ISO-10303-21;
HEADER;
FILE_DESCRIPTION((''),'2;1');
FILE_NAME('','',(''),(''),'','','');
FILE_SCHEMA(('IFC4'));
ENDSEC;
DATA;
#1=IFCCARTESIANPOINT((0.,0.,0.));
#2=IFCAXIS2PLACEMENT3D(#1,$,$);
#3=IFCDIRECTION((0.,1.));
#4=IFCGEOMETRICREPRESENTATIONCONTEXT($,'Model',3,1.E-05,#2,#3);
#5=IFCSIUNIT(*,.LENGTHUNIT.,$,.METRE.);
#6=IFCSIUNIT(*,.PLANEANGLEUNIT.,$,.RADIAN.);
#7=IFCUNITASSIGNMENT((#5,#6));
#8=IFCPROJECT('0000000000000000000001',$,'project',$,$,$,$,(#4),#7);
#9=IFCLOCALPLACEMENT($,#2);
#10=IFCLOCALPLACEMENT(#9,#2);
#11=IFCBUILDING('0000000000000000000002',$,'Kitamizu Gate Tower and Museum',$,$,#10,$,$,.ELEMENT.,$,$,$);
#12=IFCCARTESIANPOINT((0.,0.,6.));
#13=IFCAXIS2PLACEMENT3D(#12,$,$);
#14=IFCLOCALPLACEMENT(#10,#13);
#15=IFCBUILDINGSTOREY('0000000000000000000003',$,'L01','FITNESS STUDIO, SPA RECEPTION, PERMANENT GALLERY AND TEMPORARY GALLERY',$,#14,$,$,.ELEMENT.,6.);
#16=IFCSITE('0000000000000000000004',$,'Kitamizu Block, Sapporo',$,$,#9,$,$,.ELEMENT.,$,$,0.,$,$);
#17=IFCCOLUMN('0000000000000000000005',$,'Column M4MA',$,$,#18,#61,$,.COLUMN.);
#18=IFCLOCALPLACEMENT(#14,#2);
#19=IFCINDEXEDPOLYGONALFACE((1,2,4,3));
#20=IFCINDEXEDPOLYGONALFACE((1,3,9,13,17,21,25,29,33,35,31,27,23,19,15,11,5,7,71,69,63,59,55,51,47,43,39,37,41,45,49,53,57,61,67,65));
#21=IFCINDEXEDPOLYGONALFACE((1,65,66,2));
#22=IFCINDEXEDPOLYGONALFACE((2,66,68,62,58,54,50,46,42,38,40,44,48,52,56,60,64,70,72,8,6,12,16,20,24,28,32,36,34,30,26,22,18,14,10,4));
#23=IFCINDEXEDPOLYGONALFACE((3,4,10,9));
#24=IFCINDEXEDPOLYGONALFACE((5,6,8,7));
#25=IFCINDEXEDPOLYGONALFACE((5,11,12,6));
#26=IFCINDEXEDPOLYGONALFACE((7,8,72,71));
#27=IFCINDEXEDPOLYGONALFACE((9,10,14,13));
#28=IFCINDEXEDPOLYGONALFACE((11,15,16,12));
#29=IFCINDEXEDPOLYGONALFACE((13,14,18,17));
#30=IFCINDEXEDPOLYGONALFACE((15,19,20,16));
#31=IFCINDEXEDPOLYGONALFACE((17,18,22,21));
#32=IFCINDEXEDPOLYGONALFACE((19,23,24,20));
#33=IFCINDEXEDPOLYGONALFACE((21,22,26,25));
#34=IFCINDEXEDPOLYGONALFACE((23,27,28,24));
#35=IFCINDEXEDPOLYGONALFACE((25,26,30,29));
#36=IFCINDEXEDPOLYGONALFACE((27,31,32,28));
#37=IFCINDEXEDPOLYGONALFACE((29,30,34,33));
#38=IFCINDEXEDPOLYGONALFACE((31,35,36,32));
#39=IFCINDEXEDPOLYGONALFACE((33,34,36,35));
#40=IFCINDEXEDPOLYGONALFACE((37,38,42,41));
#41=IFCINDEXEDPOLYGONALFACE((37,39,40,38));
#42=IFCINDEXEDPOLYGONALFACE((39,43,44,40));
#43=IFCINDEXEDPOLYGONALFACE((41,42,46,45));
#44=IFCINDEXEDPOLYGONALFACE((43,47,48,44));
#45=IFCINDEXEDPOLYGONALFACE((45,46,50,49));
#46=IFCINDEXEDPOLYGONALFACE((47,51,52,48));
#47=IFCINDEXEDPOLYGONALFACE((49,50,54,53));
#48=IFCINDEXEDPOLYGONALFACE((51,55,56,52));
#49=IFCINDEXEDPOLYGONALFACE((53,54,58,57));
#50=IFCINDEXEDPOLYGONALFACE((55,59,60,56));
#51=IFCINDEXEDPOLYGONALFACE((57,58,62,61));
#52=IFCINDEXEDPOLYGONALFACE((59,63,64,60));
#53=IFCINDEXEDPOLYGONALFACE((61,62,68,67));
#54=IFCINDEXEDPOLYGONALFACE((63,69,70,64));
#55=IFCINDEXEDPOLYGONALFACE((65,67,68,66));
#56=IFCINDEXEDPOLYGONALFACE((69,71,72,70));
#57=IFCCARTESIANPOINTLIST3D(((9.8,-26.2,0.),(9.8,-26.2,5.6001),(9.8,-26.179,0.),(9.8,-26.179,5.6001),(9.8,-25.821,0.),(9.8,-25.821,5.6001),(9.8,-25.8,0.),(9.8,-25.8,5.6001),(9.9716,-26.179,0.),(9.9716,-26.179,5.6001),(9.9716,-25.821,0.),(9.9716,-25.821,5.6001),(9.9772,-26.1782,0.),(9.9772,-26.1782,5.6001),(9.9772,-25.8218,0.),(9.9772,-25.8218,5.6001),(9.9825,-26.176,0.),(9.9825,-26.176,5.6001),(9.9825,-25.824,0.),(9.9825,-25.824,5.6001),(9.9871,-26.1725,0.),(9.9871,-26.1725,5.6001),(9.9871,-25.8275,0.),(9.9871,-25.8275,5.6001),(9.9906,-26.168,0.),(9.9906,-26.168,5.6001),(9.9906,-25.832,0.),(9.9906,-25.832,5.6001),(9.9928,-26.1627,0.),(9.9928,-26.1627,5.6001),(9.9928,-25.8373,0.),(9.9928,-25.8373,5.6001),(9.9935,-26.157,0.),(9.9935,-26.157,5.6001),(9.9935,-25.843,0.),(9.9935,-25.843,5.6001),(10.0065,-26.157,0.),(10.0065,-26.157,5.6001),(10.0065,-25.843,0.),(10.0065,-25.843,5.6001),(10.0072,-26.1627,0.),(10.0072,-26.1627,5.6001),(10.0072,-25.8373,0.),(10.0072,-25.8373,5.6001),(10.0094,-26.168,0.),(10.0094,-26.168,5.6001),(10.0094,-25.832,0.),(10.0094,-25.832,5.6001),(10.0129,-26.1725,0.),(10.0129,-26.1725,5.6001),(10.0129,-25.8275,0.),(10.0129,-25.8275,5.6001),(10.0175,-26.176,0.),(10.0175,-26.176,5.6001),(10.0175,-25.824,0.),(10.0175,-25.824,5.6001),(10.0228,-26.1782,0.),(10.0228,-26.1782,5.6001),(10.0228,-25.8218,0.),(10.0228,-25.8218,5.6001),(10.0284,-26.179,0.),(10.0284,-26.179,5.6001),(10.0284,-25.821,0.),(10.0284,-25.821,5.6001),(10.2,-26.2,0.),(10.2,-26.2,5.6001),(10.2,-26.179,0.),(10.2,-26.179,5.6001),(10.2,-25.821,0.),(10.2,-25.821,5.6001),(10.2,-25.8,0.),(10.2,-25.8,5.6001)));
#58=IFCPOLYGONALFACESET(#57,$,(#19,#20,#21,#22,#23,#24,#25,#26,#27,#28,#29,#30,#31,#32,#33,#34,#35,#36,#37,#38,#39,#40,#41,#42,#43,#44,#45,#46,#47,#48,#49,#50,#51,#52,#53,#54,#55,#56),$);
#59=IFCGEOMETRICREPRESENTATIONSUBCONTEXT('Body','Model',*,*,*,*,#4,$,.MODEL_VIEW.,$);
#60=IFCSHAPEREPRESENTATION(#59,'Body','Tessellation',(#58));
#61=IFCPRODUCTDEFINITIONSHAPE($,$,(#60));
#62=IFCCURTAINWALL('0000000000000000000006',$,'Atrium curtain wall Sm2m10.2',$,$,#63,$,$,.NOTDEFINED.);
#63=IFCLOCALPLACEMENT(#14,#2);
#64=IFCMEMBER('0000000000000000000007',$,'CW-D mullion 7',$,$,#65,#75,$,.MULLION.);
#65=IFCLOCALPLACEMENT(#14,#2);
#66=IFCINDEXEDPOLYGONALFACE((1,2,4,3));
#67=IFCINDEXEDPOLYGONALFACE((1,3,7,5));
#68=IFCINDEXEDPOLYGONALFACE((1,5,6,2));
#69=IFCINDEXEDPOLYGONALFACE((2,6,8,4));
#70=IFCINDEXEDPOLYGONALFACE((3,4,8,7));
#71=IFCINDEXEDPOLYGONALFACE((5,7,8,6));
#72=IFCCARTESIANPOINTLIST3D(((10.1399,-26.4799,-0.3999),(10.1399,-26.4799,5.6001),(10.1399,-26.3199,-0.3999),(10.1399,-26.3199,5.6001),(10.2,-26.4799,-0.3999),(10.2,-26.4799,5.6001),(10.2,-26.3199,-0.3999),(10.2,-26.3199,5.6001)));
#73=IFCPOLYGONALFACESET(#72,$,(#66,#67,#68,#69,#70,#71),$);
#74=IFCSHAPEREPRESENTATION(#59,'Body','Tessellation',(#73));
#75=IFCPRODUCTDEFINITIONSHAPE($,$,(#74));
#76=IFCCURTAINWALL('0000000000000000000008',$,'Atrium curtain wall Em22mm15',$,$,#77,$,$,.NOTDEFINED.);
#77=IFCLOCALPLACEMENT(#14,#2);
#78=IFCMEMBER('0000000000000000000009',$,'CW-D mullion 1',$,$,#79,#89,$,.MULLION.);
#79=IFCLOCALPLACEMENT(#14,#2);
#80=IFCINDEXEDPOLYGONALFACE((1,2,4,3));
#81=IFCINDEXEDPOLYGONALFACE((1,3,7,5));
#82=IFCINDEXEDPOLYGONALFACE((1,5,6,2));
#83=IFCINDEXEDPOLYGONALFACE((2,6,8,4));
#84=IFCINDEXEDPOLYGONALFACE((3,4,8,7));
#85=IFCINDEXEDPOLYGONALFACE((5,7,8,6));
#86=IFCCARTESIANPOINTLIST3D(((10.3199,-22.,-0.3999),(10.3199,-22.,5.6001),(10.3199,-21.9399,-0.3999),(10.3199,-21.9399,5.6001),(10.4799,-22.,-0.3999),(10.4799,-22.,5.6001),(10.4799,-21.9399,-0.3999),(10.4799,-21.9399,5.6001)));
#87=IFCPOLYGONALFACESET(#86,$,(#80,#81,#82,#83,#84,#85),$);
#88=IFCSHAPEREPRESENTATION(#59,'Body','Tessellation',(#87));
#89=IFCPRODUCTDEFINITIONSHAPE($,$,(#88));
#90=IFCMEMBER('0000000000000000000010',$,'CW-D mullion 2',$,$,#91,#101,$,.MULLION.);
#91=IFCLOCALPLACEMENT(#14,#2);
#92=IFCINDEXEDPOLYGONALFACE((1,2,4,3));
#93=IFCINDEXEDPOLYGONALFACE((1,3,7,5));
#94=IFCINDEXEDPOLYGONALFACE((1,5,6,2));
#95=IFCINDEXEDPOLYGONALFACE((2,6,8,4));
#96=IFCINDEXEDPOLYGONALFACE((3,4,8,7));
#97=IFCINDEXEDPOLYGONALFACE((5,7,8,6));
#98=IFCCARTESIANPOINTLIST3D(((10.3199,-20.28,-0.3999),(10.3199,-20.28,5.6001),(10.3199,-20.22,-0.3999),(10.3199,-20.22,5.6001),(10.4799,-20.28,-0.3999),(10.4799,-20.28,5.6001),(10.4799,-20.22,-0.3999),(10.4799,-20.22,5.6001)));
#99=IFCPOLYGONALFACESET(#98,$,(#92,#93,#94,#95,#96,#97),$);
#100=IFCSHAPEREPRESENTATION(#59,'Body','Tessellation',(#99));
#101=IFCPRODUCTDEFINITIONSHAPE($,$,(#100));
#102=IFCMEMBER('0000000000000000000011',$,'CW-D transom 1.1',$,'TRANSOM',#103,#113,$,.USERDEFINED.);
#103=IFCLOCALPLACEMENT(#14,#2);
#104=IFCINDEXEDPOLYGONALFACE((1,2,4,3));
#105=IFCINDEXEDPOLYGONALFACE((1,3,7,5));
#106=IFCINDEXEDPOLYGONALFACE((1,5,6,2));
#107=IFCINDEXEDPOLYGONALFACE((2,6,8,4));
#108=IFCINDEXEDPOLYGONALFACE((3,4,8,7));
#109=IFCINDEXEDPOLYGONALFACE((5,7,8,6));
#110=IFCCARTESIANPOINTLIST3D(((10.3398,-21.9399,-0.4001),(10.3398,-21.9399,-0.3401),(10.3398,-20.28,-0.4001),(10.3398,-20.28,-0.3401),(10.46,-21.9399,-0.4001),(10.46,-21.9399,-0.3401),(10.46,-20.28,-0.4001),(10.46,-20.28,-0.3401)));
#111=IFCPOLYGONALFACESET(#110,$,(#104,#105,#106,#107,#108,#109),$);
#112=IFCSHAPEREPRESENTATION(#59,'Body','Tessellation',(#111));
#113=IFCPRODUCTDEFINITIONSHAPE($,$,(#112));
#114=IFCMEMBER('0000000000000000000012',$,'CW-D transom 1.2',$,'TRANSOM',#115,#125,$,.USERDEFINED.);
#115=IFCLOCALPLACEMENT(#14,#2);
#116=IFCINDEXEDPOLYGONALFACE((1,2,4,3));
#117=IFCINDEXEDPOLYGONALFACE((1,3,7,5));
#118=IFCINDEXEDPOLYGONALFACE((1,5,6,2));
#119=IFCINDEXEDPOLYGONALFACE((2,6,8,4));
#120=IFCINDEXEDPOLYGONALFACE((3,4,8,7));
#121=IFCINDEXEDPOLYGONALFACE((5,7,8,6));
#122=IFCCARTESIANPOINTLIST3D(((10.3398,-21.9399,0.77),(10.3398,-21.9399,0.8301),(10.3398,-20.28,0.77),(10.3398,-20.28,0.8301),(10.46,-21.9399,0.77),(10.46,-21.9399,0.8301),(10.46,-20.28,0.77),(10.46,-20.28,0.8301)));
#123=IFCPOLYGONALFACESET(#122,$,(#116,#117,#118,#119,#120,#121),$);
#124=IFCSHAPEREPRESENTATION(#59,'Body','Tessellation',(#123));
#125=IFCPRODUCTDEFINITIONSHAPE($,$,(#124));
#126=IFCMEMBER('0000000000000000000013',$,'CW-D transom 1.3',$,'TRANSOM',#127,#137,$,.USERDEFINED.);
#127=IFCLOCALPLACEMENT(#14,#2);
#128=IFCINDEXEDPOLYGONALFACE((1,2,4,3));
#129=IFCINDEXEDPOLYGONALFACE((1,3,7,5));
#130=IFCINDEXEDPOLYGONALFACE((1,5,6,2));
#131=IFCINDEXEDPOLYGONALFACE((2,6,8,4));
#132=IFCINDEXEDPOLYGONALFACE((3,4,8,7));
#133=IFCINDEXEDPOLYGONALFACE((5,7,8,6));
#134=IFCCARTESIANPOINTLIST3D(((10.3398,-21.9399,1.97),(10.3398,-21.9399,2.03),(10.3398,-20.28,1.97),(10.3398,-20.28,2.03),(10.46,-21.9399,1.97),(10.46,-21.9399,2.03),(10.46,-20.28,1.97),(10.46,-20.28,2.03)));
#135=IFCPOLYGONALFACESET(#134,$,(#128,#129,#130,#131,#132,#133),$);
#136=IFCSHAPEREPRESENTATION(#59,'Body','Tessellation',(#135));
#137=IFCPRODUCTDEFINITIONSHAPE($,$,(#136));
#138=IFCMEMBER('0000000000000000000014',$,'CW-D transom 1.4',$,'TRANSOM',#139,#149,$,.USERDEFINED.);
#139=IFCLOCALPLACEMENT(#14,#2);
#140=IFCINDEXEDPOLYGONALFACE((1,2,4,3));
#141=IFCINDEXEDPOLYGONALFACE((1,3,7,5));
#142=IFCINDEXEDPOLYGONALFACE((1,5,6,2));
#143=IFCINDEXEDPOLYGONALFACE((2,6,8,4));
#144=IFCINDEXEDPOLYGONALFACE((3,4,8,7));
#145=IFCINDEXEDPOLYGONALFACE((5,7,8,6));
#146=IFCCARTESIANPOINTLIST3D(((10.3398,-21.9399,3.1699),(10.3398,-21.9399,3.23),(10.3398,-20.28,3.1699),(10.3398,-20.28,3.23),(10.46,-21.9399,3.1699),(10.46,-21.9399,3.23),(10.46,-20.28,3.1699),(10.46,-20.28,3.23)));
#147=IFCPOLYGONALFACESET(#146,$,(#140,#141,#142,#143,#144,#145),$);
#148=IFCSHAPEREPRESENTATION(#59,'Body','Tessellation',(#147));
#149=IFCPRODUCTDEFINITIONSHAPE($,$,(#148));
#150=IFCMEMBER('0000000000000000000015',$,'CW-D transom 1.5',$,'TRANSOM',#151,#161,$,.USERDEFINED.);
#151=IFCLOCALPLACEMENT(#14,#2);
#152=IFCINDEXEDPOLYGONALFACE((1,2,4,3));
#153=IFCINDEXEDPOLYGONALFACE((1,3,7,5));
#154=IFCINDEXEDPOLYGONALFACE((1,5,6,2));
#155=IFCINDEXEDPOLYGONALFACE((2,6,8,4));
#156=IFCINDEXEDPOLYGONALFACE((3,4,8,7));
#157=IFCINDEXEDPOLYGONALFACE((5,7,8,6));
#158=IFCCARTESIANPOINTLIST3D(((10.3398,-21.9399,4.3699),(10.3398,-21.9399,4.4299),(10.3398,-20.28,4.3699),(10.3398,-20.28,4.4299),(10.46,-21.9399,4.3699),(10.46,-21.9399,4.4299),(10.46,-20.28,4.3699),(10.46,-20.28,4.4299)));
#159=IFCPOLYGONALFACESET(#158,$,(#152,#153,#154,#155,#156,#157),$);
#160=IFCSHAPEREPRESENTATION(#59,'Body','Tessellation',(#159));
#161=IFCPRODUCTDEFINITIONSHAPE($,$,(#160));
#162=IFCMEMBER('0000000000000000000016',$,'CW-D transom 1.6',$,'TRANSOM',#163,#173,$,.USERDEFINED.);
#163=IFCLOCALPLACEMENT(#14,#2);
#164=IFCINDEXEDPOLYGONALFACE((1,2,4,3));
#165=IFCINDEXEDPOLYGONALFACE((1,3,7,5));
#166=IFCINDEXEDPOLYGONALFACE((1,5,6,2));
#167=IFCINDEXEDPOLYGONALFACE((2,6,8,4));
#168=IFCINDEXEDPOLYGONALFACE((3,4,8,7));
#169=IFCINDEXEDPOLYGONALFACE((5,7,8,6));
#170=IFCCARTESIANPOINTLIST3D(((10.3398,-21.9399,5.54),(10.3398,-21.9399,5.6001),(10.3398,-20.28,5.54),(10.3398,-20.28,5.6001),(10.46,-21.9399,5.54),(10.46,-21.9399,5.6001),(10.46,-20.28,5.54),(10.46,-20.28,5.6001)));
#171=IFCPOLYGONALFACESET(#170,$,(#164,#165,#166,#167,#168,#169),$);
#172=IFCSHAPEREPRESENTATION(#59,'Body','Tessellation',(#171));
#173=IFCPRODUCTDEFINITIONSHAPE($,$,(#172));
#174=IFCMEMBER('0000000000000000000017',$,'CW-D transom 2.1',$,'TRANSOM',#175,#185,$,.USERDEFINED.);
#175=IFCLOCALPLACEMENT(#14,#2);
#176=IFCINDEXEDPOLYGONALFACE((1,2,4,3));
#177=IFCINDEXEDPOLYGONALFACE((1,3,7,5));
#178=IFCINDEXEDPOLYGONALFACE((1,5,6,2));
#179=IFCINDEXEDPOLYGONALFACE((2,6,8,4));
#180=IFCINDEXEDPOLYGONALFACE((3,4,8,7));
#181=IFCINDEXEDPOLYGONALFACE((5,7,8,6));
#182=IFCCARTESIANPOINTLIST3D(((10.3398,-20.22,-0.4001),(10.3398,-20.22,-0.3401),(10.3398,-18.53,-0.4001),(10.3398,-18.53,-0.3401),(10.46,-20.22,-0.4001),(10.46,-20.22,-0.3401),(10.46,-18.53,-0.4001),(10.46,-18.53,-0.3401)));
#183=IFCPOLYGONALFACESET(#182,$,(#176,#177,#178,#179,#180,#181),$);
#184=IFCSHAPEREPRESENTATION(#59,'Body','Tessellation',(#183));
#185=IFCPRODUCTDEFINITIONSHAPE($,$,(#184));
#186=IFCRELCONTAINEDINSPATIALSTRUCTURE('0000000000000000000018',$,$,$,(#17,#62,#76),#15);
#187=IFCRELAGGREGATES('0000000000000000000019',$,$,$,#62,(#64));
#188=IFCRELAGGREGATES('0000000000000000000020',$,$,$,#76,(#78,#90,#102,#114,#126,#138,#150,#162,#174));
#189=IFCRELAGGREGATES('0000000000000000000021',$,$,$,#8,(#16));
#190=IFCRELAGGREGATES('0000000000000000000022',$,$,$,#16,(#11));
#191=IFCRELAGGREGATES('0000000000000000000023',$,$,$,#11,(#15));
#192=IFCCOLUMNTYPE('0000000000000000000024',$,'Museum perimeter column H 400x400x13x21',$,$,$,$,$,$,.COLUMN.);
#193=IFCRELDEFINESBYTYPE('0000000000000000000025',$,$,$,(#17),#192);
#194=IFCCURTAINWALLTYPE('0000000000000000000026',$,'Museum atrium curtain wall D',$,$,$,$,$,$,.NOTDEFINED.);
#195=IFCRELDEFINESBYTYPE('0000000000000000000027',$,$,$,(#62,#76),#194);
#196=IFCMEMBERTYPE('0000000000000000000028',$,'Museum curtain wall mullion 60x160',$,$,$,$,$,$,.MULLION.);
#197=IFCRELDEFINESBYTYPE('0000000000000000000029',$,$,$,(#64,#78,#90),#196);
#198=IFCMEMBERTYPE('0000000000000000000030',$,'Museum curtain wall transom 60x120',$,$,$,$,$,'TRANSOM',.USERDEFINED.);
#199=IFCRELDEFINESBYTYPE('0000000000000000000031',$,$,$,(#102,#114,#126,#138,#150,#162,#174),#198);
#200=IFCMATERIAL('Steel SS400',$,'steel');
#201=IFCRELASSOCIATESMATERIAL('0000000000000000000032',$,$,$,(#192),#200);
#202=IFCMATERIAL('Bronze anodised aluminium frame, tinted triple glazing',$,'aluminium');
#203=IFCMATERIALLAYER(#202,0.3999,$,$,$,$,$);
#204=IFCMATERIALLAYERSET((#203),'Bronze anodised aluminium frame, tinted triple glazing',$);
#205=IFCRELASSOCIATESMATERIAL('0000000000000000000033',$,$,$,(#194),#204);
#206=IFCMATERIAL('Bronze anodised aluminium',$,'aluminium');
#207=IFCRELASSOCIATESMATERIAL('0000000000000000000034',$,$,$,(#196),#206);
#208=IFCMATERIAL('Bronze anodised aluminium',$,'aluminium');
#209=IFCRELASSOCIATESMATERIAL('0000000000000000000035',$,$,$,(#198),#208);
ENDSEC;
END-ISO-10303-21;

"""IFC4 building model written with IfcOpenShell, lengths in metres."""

from ifc_helpers import new_model, si_unit, direction, frame, origin, origin_2d, place, context, subcontext, project, spatial, rectangle, i_section, extrude, material, layer, layer_set, material_profile, profile_set, type_object, element, aggregate, save


model = new_model("IFC4")

# Units and contexts
model_context = context("Model", 3, precision=1e-05, world=origin(), true_north=direction((0.0, 1.0)))
body_context = subcontext(model_context, "Body", "Model", "MODEL_VIEW")
ifc_project = project(units=[si_unit("LENGTHUNIT", "METRE"), si_unit("PLANEANGLEUNIT", "RADIAN")], contexts=[model_context])

# Site, building, storey
site_placement = place(None, origin())
site = spatial("IfcSite", under=ifc_project, at=site_placement, Name="Kitamizu Block, Sapporo", CompositionType="ELEMENT", RefElevation=0.0)
building_placement = place(site_placement, origin())
building = spatial("IfcBuilding", under=site, at=building_placement, Name="Kitamizu Gate Tower and Museum", CompositionType="ELEMENT")
storey_placement = place(building_placement, frame((0.0, 0.0, 6.0)))
storey = spatial("IfcBuildingStorey", under=building, at=storey_placement, Name="L01", Description="FITNESS STUDIO, SPA RECEPTION, PERMANENT GALLERY AND TEMPORARY GALLERY", CompositionType="ELEMENT", Elevation=6.0)

# Column
ifc_material_1 = material(Name="Steel SS400", Category="steel")
ifc_material_profile_1 = material_profile(ifc_material_1, i_section(OverallWidth=0.3999, OverallDepth=0.3999, WebThickness=0.0129, FlangeThickness=0.021, FilletRadius=0.022, at=origin_2d()), Name="H-400x400x13x21")
ifc_profile_set_1 = profile_set([ifc_material_profile_1], Name="Steel SS400")
column_type = type_object("IfcColumnType", Name="Museum perimeter column H 400x400x13x21", PredefinedType="COLUMN", material=ifc_profile_set_1)
column_placement = place(storey_placement, frame((10.0, -26.0, 0.0), z_axis=(0.0, 0.0, 1.0), x_axis=(1.0, 0.0, 0.0)))
element("IfcColumn", 1, at=column_placement, inside=storey, type_object=column_type, Name="Column M4MA", PredefinedType="COLUMN", context=body_context, shape_type="SweptSolid", body=[
    extrude(i_section(OverallWidth=0.3999, OverallDepth=0.3999, WebThickness=0.0129, FlangeThickness=0.021, FilletRadius=0.022, at=origin_2d()), origin(), (0.0, 0.0, 1.0), 5.6001),
])

# Curtain wall, member
ifc_material_2 = material(Name="Bronze anodised aluminium frame, tinted triple glazing", Category="aluminium")
ifc_layer_1 = layer(ifc_material_2, 0.3999)
ifc_layer_set_1 = layer_set([ifc_layer_1], Name="Bronze anodised aluminium frame, tinted triple glazing")
curtain_wall_type = type_object("IfcCurtainWallType", Name="Museum atrium curtain wall D", PredefinedType="NOTDEFINED", material=ifc_layer_set_1)
curtain_wall_1_placement = place(storey_placement, origin())
curtain_wall_1 = element("IfcCurtainWall", 2, at=curtain_wall_1_placement, inside=storey, type_object=curtain_wall_type, Name="Atrium curtain wall Sm2m10.2", PredefinedType="NOTDEFINED")
ifc_material_3 = material(Name="Bronze anodised aluminium", Category="aluminium")
ifc_material_profile_2 = material_profile(ifc_material_3, rectangle(XDim=0.0601, YDim=0.1599, at=origin_2d()), Name="60x160")
ifc_profile_set_2 = profile_set([ifc_material_profile_2], Name="Bronze anodised aluminium")
member_type_1 = type_object("IfcMemberType", Name="Museum curtain wall mullion 60x160", PredefinedType="MULLION", material=ifc_profile_set_2)
member_1_placement = place(storey_placement, frame((10.1699, -26.3999, -0.3999), z_axis=(0.0, 0.0, 1.0), x_axis=(1.0, 0.0, 0.0)))
member_1 = element("IfcMember", 3, at=member_1_placement, type_object=member_type_1, Name="CW-D mullion 7", PredefinedType="MULLION", context=body_context, shape_type="SweptSolid", body=[
    extrude(rectangle(XDim=0.0601, YDim=0.1599, at=origin_2d()), origin(), (0.0, 0.0, 1.0), 6.0),
])

# Curtain wall, members
curtain_wall_2_placement = place(storey_placement, origin())
curtain_wall_2 = element("IfcCurtainWall", 4, at=curtain_wall_2_placement, inside=storey, type_object=curtain_wall_type, Name="Atrium curtain wall Em22mm15", PredefinedType="NOTDEFINED")
member_2_placement = place(storey_placement, frame((10.3999, -21.97, -0.3999), z_axis=(0.0, 0.0, 1.0), x_axis=(0.0, 1.0, 0.0)))
member_2 = element("IfcMember", 5, at=member_2_placement, type_object=member_type_1, Name="CW-D mullion 1", PredefinedType="MULLION", context=body_context, shape_type="SweptSolid", body=[
    extrude(rectangle(XDim=0.0601, YDim=0.1599, at=origin_2d()), origin(), (0.0, 0.0, 1.0), 6.0),
])
member_3_placement = place(storey_placement, frame((10.3999, -20.25, -0.3999), z_axis=(0.0, 0.0, 1.0), x_axis=(0.0, 1.0, 0.0)))
member_3 = element("IfcMember", 6, at=member_3_placement, type_object=member_type_1, Name="CW-D mullion 2", PredefinedType="MULLION", context=body_context, shape_type="SweptSolid", body=[
    extrude(rectangle(XDim=0.0601, YDim=0.1599, at=origin_2d()), origin(), (0.0, 0.0, 1.0), 6.0),
])
ifc_material_4 = material(Name="Bronze anodised aluminium", Category="aluminium")
ifc_material_profile_3 = material_profile(ifc_material_4, rectangle(XDim=0.1201, YDim=0.0601, at=origin_2d()), Name="120x60")
ifc_profile_set_3 = profile_set([ifc_material_profile_3], Name="Bronze anodised aluminium")
member_type_2 = type_object("IfcMemberType", Name="Museum curtain wall transom 60x120", ElementType="TRANSOM", PredefinedType="USERDEFINED", material=ifc_profile_set_3)
member_4_placement = place(storey_placement, frame((10.3999, -21.9399, -0.3701), z_axis=(0.0, 1.0, 0.0), x_axis=(-1.0, 0.0, 0.0)))
member_4 = element("IfcMember", 7, at=member_4_placement, type_object=member_type_2, Name="CW-D transom 1.1", ObjectType="TRANSOM", PredefinedType="USERDEFINED", context=body_context, shape_type="SweptSolid", body=[
    extrude(rectangle(XDim=0.1201, YDim=0.0601, at=origin_2d()), origin(), (0.0, 0.0, 1.0), 1.6599),
])
member_5_placement = place(storey_placement, frame((10.3999, -21.9399, 0.8), z_axis=(0.0, 1.0, 0.0), x_axis=(-1.0, 0.0, 0.0)))
member_5 = element("IfcMember", 8, at=member_5_placement, type_object=member_type_2, Name="CW-D transom 1.2", ObjectType="TRANSOM", PredefinedType="USERDEFINED", context=body_context, shape_type="SweptSolid", body=[
    extrude(rectangle(XDim=0.1201, YDim=0.0601, at=origin_2d()), origin(), (0.0, 0.0, 1.0), 1.6599),
])
member_6_placement = place(storey_placement, frame((10.3999, -21.9399, 2.0), z_axis=(0.0, 1.0, 0.0), x_axis=(-1.0, 0.0, 0.0)))
member_6 = element("IfcMember", 9, at=member_6_placement, type_object=member_type_2, Name="CW-D transom 1.3", ObjectType="TRANSOM", PredefinedType="USERDEFINED", context=body_context, shape_type="SweptSolid", body=[
    extrude(rectangle(XDim=0.1201, YDim=0.0601, at=origin_2d()), origin(), (0.0, 0.0, 1.0), 1.6599),
])
member_7_placement = place(storey_placement, frame((10.3999, -21.9399, 3.2), z_axis=(0.0, 1.0, 0.0), x_axis=(-1.0, 0.0, 0.0)))
member_7 = element("IfcMember", 10, at=member_7_placement, type_object=member_type_2, Name="CW-D transom 1.4", ObjectType="TRANSOM", PredefinedType="USERDEFINED", context=body_context, shape_type="SweptSolid", body=[
    extrude(rectangle(XDim=0.1201, YDim=0.0601, at=origin_2d()), origin(), (0.0, 0.0, 1.0), 1.6599),
])
member_8_placement = place(storey_placement, frame((10.3999, -21.9399, 4.3999), z_axis=(0.0, 1.0, 0.0), x_axis=(-1.0, 0.0, 0.0)))
member_8 = element("IfcMember", 11, at=member_8_placement, type_object=member_type_2, Name="CW-D transom 1.5", ObjectType="TRANSOM", PredefinedType="USERDEFINED", context=body_context, shape_type="SweptSolid", body=[
    extrude(rectangle(XDim=0.1201, YDim=0.0601, at=origin_2d()), origin(), (0.0, 0.0, 1.0), 1.6599),
])
member_9_placement = place(storey_placement, frame((10.3999, -21.9399, 5.5701), z_axis=(0.0, 1.0, 0.0), x_axis=(-1.0, 0.0, 0.0)))
member_9 = element("IfcMember", 12, at=member_9_placement, type_object=member_type_2, Name="CW-D transom 1.6", ObjectType="TRANSOM", PredefinedType="USERDEFINED", context=body_context, shape_type="SweptSolid", body=[
    extrude(rectangle(XDim=0.1201, YDim=0.0601, at=origin_2d()), origin(), (0.0, 0.0, 1.0), 1.6599),
])
member_10_placement = place(storey_placement, frame((10.3999, -20.22, -0.3701), z_axis=(0.0, 1.0, 0.0), x_axis=(-1.0, 0.0, 0.0)))
member_10 = element("IfcMember", 13, at=member_10_placement, type_object=member_type_2, Name="CW-D transom 2.1", ObjectType="TRANSOM", PredefinedType="USERDEFINED", context=body_context, shape_type="SweptSolid", body=[
    extrude(rectangle(XDim=0.1201, YDim=0.0601, at=origin_2d()), origin(), (0.0, 0.0, 1.0), 1.6899),
])

aggregate(curtain_wall_1, [member_1])
aggregate(curtain_wall_2, [member_2, member_3, member_4, member_5, member_6, member_7, member_8, member_9, member_10])

save(model, "model.ifc")
